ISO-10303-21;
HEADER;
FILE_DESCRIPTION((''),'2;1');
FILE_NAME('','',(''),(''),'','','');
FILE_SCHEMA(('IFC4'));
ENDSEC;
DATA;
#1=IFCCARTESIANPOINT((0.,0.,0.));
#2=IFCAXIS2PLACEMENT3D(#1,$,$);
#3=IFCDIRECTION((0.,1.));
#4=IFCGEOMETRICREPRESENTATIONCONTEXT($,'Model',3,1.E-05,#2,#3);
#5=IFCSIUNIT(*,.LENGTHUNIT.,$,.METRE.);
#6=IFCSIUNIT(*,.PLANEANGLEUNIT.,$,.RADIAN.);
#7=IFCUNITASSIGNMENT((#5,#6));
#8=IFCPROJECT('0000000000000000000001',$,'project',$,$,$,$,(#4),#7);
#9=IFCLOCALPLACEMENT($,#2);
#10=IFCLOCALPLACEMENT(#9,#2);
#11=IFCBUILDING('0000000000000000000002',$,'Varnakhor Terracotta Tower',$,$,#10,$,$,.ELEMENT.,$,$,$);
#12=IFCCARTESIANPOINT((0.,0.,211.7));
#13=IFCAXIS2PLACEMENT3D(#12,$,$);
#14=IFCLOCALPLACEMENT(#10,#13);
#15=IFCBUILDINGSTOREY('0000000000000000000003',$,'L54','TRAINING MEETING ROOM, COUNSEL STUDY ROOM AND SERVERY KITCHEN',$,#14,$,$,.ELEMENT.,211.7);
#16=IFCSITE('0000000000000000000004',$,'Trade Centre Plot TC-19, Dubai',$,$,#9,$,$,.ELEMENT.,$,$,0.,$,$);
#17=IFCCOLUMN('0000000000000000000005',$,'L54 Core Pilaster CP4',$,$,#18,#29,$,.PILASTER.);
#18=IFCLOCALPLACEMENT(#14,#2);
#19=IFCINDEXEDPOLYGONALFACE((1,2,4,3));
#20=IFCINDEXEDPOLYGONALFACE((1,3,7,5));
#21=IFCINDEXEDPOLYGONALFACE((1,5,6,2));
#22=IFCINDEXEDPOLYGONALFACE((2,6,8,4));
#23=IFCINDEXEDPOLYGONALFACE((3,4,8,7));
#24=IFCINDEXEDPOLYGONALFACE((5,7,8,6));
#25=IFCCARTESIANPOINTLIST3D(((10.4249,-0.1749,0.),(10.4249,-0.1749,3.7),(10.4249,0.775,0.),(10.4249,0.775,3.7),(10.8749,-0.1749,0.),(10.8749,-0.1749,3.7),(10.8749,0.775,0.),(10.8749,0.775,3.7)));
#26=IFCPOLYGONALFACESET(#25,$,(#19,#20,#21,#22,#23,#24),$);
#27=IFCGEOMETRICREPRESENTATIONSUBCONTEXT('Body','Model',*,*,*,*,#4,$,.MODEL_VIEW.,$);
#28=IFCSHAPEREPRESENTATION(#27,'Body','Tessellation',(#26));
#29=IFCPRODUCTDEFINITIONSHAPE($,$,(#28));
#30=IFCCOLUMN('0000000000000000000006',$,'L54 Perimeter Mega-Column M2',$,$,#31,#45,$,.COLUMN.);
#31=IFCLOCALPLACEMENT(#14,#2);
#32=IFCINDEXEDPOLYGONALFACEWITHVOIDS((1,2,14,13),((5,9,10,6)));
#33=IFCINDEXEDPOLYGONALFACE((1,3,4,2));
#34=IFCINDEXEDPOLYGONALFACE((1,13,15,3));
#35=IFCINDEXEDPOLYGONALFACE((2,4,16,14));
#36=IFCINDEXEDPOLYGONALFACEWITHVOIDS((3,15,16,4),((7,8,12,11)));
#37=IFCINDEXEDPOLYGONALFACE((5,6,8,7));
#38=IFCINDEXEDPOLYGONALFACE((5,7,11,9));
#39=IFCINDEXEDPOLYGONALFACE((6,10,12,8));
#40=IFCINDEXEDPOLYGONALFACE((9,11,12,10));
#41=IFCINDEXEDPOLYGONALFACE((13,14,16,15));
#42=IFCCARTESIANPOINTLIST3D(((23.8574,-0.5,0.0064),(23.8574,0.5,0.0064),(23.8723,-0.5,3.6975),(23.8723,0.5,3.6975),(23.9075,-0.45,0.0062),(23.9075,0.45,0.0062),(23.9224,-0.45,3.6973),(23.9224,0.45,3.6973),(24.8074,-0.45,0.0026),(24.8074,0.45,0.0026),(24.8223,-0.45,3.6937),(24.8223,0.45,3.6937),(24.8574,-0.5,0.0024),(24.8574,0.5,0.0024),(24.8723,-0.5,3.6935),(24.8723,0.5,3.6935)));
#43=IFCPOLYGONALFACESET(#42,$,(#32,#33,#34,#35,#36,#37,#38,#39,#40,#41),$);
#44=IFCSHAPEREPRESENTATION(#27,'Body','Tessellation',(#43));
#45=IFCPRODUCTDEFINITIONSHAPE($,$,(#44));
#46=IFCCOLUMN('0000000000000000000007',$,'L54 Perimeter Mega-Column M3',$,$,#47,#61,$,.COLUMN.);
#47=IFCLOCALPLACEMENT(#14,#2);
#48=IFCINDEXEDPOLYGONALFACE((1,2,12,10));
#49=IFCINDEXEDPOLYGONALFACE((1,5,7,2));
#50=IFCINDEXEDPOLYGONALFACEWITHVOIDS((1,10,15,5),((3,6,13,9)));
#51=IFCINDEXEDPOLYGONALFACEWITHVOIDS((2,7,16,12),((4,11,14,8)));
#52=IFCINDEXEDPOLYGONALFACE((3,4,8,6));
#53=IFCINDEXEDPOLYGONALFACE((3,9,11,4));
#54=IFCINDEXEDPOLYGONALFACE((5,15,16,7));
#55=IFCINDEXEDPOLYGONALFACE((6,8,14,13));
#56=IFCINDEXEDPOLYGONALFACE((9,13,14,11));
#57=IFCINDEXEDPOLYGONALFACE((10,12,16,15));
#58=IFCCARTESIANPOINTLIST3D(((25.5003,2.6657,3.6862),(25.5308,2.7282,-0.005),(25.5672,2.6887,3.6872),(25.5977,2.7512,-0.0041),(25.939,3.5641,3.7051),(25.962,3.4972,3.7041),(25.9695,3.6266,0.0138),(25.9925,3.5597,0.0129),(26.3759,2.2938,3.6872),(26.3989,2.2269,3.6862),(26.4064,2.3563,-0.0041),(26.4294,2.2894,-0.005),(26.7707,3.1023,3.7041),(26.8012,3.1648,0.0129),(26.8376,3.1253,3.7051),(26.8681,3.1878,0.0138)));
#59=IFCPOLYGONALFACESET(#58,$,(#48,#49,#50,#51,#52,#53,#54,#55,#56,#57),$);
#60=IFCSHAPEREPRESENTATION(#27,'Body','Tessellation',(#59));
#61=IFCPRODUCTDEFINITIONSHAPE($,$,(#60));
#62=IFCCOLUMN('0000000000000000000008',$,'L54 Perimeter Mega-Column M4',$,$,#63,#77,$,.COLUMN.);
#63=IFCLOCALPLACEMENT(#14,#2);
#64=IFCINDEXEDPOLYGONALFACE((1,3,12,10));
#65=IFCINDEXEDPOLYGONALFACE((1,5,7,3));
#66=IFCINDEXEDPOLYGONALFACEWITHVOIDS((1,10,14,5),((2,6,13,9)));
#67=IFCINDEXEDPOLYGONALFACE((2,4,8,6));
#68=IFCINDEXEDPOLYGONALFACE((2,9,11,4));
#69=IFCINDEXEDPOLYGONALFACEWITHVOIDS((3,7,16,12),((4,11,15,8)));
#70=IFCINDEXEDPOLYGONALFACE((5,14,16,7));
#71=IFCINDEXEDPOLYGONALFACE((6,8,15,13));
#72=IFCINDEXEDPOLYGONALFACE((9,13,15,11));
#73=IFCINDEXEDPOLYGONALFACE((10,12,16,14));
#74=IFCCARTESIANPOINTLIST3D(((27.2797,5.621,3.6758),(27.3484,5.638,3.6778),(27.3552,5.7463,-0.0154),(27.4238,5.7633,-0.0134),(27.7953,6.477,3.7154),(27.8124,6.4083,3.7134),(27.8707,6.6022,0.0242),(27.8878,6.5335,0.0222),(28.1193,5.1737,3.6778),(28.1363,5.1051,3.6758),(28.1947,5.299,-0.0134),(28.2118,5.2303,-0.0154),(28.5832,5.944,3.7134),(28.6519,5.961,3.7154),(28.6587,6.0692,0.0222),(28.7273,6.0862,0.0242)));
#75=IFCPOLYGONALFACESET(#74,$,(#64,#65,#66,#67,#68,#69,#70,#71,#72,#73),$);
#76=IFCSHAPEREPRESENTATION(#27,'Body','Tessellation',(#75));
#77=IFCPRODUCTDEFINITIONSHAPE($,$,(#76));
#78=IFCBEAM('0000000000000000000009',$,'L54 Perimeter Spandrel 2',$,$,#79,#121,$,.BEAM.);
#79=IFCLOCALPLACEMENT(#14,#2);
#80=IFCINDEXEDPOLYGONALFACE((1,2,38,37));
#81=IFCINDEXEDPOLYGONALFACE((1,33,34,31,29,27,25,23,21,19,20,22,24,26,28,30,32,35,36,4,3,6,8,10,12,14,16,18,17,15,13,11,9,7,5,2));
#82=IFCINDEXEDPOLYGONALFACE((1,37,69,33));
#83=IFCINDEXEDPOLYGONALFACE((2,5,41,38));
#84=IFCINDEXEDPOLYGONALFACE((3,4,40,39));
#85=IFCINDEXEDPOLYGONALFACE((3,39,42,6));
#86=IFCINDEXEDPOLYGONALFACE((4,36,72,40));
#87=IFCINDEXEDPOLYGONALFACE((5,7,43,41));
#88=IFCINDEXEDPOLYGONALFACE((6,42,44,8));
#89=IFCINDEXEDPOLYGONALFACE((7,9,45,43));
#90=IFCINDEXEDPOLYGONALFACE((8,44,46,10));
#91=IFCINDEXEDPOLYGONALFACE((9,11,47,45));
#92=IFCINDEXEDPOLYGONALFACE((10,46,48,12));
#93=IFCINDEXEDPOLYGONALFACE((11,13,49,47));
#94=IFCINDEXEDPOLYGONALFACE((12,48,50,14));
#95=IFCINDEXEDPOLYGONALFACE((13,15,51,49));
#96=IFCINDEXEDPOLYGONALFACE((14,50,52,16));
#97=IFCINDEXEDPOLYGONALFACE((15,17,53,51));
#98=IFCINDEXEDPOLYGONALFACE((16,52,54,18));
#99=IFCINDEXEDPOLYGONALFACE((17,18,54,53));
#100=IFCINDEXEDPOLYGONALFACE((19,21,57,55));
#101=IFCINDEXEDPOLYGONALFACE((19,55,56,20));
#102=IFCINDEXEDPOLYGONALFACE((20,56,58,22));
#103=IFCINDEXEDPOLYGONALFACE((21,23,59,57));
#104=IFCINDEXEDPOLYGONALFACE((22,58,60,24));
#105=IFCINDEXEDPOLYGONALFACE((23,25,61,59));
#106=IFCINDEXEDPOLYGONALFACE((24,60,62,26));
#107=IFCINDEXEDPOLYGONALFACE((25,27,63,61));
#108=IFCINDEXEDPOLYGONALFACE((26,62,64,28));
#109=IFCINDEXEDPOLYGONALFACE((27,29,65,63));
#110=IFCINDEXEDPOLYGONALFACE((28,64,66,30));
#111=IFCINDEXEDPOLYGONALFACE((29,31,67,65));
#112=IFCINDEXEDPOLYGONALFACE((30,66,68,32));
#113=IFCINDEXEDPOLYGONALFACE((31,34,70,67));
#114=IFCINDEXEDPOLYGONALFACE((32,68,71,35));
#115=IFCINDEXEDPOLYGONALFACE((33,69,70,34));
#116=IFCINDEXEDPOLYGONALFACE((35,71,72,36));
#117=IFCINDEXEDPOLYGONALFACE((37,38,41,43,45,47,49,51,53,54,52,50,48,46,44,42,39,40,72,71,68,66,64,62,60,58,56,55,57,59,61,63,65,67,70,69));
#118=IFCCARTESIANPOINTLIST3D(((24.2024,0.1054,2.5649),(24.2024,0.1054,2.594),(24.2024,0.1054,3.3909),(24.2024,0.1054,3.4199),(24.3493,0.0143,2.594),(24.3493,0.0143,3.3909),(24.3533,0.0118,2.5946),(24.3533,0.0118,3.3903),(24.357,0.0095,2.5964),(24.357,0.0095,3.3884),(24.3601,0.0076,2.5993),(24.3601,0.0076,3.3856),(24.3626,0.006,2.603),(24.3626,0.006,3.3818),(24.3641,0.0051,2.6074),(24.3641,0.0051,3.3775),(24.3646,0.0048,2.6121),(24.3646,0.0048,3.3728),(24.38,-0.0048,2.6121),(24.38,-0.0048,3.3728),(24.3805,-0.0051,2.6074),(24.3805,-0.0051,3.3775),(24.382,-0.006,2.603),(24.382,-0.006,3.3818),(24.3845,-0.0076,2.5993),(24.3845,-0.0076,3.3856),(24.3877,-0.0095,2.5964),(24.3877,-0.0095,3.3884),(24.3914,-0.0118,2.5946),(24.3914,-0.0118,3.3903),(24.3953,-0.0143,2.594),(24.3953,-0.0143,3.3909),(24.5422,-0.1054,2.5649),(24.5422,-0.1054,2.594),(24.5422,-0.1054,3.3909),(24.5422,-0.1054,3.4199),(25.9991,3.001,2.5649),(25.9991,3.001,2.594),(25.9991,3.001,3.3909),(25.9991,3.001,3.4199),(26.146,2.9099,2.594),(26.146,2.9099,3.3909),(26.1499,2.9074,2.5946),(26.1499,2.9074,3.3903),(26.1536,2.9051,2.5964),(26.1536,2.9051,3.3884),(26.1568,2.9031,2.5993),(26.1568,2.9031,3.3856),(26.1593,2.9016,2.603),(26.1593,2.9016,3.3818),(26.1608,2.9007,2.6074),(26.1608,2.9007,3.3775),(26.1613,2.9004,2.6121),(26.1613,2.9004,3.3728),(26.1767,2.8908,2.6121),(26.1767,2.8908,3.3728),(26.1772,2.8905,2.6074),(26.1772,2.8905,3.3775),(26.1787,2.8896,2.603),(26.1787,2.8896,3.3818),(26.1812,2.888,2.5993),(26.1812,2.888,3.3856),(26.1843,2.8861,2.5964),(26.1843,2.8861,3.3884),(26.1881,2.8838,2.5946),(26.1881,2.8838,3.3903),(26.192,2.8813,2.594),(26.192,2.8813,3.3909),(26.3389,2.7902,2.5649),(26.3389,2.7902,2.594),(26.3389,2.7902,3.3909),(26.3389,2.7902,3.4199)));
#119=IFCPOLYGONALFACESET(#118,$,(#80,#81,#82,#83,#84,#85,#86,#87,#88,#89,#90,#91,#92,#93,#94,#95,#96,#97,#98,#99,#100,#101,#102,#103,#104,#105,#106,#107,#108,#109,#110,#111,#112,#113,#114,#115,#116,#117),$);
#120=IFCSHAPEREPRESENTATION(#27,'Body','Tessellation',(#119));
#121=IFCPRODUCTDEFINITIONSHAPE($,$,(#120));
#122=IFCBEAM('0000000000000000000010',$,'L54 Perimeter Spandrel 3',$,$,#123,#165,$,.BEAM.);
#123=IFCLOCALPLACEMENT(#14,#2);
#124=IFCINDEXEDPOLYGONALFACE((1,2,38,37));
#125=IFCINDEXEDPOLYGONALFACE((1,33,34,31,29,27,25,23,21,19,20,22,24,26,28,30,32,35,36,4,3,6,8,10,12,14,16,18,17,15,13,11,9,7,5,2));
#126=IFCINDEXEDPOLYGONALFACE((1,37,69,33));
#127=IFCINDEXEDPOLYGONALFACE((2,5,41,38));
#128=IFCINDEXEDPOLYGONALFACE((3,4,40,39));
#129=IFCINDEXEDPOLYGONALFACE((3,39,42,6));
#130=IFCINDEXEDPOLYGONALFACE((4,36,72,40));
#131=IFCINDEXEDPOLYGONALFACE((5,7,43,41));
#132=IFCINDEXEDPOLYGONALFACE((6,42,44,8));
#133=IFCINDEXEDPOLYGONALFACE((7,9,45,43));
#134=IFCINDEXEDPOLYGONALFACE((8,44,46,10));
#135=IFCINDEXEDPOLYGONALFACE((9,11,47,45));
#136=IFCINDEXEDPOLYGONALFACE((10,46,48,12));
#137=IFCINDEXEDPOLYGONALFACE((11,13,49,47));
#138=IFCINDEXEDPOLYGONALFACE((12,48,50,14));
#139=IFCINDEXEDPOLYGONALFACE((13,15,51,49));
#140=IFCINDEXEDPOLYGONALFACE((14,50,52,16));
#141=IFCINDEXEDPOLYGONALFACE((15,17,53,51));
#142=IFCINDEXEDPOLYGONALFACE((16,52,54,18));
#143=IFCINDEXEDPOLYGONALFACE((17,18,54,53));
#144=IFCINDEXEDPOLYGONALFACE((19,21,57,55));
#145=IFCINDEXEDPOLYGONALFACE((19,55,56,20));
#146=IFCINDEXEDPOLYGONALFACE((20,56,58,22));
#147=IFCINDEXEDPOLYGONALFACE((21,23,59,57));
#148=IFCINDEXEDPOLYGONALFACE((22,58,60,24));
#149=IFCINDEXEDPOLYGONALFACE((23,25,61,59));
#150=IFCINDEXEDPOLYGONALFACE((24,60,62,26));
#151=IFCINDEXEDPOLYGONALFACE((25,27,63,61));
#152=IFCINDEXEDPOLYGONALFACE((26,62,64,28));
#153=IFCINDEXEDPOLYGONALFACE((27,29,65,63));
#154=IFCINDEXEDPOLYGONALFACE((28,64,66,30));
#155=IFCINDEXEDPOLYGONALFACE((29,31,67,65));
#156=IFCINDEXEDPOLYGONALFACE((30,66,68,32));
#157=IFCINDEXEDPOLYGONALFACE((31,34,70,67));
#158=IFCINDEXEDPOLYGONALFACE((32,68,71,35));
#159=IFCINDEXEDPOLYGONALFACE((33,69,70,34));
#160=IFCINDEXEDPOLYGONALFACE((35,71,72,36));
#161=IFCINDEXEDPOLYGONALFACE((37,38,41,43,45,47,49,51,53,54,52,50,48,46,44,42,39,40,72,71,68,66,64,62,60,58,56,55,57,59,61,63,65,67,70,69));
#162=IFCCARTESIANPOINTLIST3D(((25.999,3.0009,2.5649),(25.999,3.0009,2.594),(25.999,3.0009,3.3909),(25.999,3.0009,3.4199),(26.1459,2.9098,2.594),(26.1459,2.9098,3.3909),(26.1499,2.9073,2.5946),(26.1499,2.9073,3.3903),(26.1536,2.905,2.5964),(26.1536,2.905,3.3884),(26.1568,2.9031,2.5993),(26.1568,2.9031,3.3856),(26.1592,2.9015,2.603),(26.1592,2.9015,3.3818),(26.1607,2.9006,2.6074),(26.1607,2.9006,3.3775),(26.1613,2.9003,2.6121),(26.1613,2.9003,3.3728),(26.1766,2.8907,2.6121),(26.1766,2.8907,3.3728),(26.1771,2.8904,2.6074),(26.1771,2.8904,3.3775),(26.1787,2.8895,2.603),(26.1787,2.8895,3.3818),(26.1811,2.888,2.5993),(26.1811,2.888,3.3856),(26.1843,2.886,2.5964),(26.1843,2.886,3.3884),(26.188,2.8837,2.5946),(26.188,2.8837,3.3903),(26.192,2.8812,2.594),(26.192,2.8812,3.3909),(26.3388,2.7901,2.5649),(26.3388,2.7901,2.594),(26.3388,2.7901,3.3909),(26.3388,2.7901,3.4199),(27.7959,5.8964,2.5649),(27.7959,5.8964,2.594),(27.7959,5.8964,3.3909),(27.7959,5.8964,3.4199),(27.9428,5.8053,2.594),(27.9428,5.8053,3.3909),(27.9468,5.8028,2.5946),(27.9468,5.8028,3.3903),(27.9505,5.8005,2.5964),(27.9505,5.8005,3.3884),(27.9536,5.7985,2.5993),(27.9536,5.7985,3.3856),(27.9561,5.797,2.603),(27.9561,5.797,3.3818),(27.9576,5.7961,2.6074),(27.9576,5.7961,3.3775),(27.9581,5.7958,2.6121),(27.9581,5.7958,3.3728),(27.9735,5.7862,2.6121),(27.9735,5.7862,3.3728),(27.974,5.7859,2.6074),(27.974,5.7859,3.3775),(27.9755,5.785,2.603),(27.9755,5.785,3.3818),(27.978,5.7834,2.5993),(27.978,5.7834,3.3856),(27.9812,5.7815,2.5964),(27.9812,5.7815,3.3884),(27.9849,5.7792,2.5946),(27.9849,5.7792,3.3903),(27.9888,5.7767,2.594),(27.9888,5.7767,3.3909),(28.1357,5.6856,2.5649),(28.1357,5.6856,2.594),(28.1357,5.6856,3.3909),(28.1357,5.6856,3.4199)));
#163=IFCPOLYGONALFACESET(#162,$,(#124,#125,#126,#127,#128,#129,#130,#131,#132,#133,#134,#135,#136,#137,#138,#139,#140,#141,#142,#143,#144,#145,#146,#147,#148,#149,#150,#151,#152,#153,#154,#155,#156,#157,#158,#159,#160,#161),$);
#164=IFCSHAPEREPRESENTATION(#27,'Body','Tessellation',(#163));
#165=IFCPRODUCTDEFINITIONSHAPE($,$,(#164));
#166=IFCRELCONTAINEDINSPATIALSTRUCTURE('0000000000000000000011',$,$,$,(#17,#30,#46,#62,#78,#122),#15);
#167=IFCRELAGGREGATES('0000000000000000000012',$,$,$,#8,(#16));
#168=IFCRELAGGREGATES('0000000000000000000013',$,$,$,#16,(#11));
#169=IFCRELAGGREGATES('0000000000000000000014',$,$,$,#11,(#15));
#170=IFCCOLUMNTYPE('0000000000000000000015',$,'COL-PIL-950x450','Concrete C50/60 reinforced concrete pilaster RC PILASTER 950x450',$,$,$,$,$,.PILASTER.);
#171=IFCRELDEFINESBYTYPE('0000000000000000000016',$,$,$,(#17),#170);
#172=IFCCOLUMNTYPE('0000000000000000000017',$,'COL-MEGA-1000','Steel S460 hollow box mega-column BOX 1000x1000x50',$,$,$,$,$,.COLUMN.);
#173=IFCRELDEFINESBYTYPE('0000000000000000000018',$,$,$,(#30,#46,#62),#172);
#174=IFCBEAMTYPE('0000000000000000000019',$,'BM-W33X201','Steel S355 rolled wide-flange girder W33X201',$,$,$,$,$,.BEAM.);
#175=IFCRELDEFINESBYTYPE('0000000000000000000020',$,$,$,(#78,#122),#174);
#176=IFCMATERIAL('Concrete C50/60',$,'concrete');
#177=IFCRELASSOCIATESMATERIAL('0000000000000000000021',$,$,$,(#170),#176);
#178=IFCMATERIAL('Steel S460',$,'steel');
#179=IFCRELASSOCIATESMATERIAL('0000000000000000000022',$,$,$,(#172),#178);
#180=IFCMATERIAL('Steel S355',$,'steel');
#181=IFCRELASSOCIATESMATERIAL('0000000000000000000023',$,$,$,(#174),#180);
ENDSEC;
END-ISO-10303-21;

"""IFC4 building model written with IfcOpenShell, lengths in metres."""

from ifc_helpers import new_model, si_unit, direction, frame, origin, origin_2d, place, context, subcontext, project, spatial, rectangle, hollow_rectangle, i_section, extrude, source, transform, mapped, material, material_profile, profile_set, type_object, element, save


model = new_model("IFC4")

# Units and contexts
model_context = context("Model", 3, precision=1e-05, world=origin(), true_north=direction((0.0, 1.0)))
body_context = subcontext(model_context, "Body", "Model", "MODEL_VIEW")
ifc_project = project(units=[si_unit("LENGTHUNIT", "METRE"), si_unit("PLANEANGLEUNIT", "RADIAN")], contexts=[model_context])

# Site, building, storey
site_placement = place(None, origin())
site = spatial("IfcSite", under=ifc_project, at=site_placement, Name="Trade Centre Plot TC-19, Dubai", CompositionType="ELEMENT", RefElevation=0.0)
building_placement = place(site_placement, origin())
building = spatial("IfcBuilding", under=site, at=building_placement, Name="Varnakhor Terracotta Tower", CompositionType="ELEMENT")
storey_placement = place(building_placement, frame((0.0, 0.0, 211.7)))
storey = spatial("IfcBuildingStorey", under=building, at=storey_placement, Name="L54", Description="TRAINING MEETING ROOM, COUNSEL STUDY ROOM AND SERVERY KITCHEN", CompositionType="ELEMENT", Elevation=211.7)

# Columns
ifc_material_1 = material(Name="Concrete C50/60", Category="concrete")
ifc_material_profile_1 = material_profile(ifc_material_1, rectangle(XDim=0.45, YDim=0.95, at=origin_2d()), Name="RC PILASTER 950x450")
ifc_profile_set_1 = profile_set([ifc_material_profile_1], Name="Concrete C50/60")
column_type_1 = type_object("IfcColumnType", Name="COL-PIL-950x450", Description="Concrete C50/60 reinforced concrete pilaster RC PILASTER 950x450", PredefinedType="PILASTER", material=ifc_profile_set_1)
shared_shape_1 = source(origin(), body_context, "Body", "SweptSolid", [
    extrude(rectangle(XDim=0.45, YDim=0.95, at=origin_2d()), origin(), (0.0, 0.0, 1.0), 3.7),
])
column_1_placement = place(storey_placement, frame((10.6499, 0.3, 0.0), z_axis=(0.0, 0.0, 1.0), x_axis=(1.0, 0.0, 0.0)))
element("IfcColumn", 1, at=column_1_placement, inside=storey, type_object=column_type_1, Name="L54 Core Pilaster CP4", PredefinedType="PILASTER", context=body_context, shape_type="MappedRepresentation", body=[
    mapped(shared_shape_1, transform((0.0, 0.0, 0.0), scale=1.0)),
])
ifc_material_2 = material(Name="Steel S460", Category="steel")
ifc_material_profile_2 = material_profile(ifc_material_2, hollow_rectangle(XDim=1.0, YDim=1.0, WallThickness=0.05, at=origin_2d()), Name="BOX 1000x1000x50")
ifc_profile_set_2 = profile_set([ifc_material_profile_2], Name="Steel S460")
column_type_2 = type_object("IfcColumnType", Name="COL-MEGA-1000", Description="Steel S460 hollow box mega-column BOX 1000x1000x50", PredefinedType="COLUMN", material=ifc_profile_set_2)
shared_shape_2 = source(origin(), body_context, "Body", "SweptSolid", [
    extrude(hollow_rectangle(XDim=1.0, YDim=1.0, WallThickness=0.05, at=origin_2d()), origin(), (0.0, 0.0, 1.0), 3.6912),
])
column_2_placement = place(storey_placement, frame((24.3574, 0.0, 0.0044), z_axis=(0.004035, 0.0, 0.999992), x_axis=(0.0, 1.0, 0.0)))
element("IfcColumn", 2, at=column_2_placement, inside=storey, type_object=column_type_2, Name="L54 Perimeter Mega-Column M2", PredefinedType="COLUMN", context=body_context, shape_type="MappedRepresentation", body=[
    mapped(shared_shape_2, transform((0.0, 0.0, 0.0), scale=1.0)),
])
shared_shape_3 = source(origin(), body_context, "Body", "SweptSolid", [
    extrude(hollow_rectangle(XDim=1.0, YDim=1.0, WallThickness=0.05, at=origin_2d()), origin(), (0.0, 0.0, 1.0), 3.6919),
])
column_3_placement = place(storey_placement, frame((26.1995, 2.958, 0.0044), z_axis=(-0.008266, -0.016929, 0.999823), x_axis=(0.8986, -0.438769, 0.0)))
element("IfcColumn", 3, at=column_3_placement, inside=storey, type_object=column_type_2, Name="L54 Perimeter Mega-Column M3", PredefinedType="COLUMN", context=body_context, shape_type="MappedRepresentation", body=[
    mapped(shared_shape_3, transform((0.0, 0.0, 0.0), scale=1.0)),
])
shared_shape_4 = source(origin(), body_context, "Body", "SweptSolid", [
    extrude(hollow_rectangle(XDim=1.0, YDim=1.0, WallThickness=0.05, at=origin_2d()), origin(), (0.0, 0.0, 1.0), 3.6941),
])
column_4_placement = place(storey_placement, frame((28.0413, 5.9163, 0.0044), z_axis=(-0.020422, -0.033904, 0.999216), x_axis=(0.856608, -0.515968, 0.0)))
element("IfcColumn", 4, at=column_4_placement, inside=storey, type_object=column_type_2, Name="L54 Perimeter Mega-Column M4", PredefinedType="COLUMN", context=body_context, shape_type="MappedRepresentation", body=[
    mapped(shared_shape_4, transform((0.0, 0.0, 0.0), scale=1.0)),
])

# Beams
ifc_material_3 = material(Name="Steel S355", Category="steel")
ifc_material_profile_3 = material_profile(ifc_material_3, i_section(OverallWidth=0.3999, OverallDepth=0.855, WebThickness=0.0181, FlangeThickness=0.0291, FilletRadius=0.0181, at=origin_2d()), Name="W33X201")
ifc_profile_set_3 = profile_set([ifc_material_profile_3], Name="Steel S355")
beam_type_1 = type_object("IfcBeamType", Name="BM-W33X201", Description="Steel S355 rolled wide-flange girder W33X201", PredefinedType="BEAM", material=ifc_profile_set_3)
shared_shape_5 = source(origin(), body_context, "Body", "SweptSolid", [
    extrude(i_section(OverallWidth=0.3999, OverallDepth=0.855, WebThickness=0.0181, FlangeThickness=0.0291, FilletRadius=0.0181, at=origin_2d()), origin(), (0.0, 0.0, 1.0), 3.4077),
])
for number, where, z_axis, x_axis, name in (
    (5, (24.3723, 0.0, 2.9924), (0.52724, 0.849717, 0.0), (-0.849717, 0.52724, 0.0), "L54 Perimeter Spandrel 2"),
    (6, (26.1689, 2.8955, 2.9924), (0.527292, 0.849684, 0.0), (-0.849684, 0.527292, 0.0), "L54 Perimeter Spandrel 3"),
):
    element("IfcBeam", number, at=place(storey_placement, frame(where, z_axis=z_axis, x_axis=x_axis)), inside=storey, type_object=beam_type_1, Name=name, PredefinedType="BEAM", context=body_context, shape_type="MappedRepresentation", body=[
        mapped(shared_shape_5, transform((0.0, 0.0, 0.0), scale=1.0)),
    ])

save(model, "model.ifc")
